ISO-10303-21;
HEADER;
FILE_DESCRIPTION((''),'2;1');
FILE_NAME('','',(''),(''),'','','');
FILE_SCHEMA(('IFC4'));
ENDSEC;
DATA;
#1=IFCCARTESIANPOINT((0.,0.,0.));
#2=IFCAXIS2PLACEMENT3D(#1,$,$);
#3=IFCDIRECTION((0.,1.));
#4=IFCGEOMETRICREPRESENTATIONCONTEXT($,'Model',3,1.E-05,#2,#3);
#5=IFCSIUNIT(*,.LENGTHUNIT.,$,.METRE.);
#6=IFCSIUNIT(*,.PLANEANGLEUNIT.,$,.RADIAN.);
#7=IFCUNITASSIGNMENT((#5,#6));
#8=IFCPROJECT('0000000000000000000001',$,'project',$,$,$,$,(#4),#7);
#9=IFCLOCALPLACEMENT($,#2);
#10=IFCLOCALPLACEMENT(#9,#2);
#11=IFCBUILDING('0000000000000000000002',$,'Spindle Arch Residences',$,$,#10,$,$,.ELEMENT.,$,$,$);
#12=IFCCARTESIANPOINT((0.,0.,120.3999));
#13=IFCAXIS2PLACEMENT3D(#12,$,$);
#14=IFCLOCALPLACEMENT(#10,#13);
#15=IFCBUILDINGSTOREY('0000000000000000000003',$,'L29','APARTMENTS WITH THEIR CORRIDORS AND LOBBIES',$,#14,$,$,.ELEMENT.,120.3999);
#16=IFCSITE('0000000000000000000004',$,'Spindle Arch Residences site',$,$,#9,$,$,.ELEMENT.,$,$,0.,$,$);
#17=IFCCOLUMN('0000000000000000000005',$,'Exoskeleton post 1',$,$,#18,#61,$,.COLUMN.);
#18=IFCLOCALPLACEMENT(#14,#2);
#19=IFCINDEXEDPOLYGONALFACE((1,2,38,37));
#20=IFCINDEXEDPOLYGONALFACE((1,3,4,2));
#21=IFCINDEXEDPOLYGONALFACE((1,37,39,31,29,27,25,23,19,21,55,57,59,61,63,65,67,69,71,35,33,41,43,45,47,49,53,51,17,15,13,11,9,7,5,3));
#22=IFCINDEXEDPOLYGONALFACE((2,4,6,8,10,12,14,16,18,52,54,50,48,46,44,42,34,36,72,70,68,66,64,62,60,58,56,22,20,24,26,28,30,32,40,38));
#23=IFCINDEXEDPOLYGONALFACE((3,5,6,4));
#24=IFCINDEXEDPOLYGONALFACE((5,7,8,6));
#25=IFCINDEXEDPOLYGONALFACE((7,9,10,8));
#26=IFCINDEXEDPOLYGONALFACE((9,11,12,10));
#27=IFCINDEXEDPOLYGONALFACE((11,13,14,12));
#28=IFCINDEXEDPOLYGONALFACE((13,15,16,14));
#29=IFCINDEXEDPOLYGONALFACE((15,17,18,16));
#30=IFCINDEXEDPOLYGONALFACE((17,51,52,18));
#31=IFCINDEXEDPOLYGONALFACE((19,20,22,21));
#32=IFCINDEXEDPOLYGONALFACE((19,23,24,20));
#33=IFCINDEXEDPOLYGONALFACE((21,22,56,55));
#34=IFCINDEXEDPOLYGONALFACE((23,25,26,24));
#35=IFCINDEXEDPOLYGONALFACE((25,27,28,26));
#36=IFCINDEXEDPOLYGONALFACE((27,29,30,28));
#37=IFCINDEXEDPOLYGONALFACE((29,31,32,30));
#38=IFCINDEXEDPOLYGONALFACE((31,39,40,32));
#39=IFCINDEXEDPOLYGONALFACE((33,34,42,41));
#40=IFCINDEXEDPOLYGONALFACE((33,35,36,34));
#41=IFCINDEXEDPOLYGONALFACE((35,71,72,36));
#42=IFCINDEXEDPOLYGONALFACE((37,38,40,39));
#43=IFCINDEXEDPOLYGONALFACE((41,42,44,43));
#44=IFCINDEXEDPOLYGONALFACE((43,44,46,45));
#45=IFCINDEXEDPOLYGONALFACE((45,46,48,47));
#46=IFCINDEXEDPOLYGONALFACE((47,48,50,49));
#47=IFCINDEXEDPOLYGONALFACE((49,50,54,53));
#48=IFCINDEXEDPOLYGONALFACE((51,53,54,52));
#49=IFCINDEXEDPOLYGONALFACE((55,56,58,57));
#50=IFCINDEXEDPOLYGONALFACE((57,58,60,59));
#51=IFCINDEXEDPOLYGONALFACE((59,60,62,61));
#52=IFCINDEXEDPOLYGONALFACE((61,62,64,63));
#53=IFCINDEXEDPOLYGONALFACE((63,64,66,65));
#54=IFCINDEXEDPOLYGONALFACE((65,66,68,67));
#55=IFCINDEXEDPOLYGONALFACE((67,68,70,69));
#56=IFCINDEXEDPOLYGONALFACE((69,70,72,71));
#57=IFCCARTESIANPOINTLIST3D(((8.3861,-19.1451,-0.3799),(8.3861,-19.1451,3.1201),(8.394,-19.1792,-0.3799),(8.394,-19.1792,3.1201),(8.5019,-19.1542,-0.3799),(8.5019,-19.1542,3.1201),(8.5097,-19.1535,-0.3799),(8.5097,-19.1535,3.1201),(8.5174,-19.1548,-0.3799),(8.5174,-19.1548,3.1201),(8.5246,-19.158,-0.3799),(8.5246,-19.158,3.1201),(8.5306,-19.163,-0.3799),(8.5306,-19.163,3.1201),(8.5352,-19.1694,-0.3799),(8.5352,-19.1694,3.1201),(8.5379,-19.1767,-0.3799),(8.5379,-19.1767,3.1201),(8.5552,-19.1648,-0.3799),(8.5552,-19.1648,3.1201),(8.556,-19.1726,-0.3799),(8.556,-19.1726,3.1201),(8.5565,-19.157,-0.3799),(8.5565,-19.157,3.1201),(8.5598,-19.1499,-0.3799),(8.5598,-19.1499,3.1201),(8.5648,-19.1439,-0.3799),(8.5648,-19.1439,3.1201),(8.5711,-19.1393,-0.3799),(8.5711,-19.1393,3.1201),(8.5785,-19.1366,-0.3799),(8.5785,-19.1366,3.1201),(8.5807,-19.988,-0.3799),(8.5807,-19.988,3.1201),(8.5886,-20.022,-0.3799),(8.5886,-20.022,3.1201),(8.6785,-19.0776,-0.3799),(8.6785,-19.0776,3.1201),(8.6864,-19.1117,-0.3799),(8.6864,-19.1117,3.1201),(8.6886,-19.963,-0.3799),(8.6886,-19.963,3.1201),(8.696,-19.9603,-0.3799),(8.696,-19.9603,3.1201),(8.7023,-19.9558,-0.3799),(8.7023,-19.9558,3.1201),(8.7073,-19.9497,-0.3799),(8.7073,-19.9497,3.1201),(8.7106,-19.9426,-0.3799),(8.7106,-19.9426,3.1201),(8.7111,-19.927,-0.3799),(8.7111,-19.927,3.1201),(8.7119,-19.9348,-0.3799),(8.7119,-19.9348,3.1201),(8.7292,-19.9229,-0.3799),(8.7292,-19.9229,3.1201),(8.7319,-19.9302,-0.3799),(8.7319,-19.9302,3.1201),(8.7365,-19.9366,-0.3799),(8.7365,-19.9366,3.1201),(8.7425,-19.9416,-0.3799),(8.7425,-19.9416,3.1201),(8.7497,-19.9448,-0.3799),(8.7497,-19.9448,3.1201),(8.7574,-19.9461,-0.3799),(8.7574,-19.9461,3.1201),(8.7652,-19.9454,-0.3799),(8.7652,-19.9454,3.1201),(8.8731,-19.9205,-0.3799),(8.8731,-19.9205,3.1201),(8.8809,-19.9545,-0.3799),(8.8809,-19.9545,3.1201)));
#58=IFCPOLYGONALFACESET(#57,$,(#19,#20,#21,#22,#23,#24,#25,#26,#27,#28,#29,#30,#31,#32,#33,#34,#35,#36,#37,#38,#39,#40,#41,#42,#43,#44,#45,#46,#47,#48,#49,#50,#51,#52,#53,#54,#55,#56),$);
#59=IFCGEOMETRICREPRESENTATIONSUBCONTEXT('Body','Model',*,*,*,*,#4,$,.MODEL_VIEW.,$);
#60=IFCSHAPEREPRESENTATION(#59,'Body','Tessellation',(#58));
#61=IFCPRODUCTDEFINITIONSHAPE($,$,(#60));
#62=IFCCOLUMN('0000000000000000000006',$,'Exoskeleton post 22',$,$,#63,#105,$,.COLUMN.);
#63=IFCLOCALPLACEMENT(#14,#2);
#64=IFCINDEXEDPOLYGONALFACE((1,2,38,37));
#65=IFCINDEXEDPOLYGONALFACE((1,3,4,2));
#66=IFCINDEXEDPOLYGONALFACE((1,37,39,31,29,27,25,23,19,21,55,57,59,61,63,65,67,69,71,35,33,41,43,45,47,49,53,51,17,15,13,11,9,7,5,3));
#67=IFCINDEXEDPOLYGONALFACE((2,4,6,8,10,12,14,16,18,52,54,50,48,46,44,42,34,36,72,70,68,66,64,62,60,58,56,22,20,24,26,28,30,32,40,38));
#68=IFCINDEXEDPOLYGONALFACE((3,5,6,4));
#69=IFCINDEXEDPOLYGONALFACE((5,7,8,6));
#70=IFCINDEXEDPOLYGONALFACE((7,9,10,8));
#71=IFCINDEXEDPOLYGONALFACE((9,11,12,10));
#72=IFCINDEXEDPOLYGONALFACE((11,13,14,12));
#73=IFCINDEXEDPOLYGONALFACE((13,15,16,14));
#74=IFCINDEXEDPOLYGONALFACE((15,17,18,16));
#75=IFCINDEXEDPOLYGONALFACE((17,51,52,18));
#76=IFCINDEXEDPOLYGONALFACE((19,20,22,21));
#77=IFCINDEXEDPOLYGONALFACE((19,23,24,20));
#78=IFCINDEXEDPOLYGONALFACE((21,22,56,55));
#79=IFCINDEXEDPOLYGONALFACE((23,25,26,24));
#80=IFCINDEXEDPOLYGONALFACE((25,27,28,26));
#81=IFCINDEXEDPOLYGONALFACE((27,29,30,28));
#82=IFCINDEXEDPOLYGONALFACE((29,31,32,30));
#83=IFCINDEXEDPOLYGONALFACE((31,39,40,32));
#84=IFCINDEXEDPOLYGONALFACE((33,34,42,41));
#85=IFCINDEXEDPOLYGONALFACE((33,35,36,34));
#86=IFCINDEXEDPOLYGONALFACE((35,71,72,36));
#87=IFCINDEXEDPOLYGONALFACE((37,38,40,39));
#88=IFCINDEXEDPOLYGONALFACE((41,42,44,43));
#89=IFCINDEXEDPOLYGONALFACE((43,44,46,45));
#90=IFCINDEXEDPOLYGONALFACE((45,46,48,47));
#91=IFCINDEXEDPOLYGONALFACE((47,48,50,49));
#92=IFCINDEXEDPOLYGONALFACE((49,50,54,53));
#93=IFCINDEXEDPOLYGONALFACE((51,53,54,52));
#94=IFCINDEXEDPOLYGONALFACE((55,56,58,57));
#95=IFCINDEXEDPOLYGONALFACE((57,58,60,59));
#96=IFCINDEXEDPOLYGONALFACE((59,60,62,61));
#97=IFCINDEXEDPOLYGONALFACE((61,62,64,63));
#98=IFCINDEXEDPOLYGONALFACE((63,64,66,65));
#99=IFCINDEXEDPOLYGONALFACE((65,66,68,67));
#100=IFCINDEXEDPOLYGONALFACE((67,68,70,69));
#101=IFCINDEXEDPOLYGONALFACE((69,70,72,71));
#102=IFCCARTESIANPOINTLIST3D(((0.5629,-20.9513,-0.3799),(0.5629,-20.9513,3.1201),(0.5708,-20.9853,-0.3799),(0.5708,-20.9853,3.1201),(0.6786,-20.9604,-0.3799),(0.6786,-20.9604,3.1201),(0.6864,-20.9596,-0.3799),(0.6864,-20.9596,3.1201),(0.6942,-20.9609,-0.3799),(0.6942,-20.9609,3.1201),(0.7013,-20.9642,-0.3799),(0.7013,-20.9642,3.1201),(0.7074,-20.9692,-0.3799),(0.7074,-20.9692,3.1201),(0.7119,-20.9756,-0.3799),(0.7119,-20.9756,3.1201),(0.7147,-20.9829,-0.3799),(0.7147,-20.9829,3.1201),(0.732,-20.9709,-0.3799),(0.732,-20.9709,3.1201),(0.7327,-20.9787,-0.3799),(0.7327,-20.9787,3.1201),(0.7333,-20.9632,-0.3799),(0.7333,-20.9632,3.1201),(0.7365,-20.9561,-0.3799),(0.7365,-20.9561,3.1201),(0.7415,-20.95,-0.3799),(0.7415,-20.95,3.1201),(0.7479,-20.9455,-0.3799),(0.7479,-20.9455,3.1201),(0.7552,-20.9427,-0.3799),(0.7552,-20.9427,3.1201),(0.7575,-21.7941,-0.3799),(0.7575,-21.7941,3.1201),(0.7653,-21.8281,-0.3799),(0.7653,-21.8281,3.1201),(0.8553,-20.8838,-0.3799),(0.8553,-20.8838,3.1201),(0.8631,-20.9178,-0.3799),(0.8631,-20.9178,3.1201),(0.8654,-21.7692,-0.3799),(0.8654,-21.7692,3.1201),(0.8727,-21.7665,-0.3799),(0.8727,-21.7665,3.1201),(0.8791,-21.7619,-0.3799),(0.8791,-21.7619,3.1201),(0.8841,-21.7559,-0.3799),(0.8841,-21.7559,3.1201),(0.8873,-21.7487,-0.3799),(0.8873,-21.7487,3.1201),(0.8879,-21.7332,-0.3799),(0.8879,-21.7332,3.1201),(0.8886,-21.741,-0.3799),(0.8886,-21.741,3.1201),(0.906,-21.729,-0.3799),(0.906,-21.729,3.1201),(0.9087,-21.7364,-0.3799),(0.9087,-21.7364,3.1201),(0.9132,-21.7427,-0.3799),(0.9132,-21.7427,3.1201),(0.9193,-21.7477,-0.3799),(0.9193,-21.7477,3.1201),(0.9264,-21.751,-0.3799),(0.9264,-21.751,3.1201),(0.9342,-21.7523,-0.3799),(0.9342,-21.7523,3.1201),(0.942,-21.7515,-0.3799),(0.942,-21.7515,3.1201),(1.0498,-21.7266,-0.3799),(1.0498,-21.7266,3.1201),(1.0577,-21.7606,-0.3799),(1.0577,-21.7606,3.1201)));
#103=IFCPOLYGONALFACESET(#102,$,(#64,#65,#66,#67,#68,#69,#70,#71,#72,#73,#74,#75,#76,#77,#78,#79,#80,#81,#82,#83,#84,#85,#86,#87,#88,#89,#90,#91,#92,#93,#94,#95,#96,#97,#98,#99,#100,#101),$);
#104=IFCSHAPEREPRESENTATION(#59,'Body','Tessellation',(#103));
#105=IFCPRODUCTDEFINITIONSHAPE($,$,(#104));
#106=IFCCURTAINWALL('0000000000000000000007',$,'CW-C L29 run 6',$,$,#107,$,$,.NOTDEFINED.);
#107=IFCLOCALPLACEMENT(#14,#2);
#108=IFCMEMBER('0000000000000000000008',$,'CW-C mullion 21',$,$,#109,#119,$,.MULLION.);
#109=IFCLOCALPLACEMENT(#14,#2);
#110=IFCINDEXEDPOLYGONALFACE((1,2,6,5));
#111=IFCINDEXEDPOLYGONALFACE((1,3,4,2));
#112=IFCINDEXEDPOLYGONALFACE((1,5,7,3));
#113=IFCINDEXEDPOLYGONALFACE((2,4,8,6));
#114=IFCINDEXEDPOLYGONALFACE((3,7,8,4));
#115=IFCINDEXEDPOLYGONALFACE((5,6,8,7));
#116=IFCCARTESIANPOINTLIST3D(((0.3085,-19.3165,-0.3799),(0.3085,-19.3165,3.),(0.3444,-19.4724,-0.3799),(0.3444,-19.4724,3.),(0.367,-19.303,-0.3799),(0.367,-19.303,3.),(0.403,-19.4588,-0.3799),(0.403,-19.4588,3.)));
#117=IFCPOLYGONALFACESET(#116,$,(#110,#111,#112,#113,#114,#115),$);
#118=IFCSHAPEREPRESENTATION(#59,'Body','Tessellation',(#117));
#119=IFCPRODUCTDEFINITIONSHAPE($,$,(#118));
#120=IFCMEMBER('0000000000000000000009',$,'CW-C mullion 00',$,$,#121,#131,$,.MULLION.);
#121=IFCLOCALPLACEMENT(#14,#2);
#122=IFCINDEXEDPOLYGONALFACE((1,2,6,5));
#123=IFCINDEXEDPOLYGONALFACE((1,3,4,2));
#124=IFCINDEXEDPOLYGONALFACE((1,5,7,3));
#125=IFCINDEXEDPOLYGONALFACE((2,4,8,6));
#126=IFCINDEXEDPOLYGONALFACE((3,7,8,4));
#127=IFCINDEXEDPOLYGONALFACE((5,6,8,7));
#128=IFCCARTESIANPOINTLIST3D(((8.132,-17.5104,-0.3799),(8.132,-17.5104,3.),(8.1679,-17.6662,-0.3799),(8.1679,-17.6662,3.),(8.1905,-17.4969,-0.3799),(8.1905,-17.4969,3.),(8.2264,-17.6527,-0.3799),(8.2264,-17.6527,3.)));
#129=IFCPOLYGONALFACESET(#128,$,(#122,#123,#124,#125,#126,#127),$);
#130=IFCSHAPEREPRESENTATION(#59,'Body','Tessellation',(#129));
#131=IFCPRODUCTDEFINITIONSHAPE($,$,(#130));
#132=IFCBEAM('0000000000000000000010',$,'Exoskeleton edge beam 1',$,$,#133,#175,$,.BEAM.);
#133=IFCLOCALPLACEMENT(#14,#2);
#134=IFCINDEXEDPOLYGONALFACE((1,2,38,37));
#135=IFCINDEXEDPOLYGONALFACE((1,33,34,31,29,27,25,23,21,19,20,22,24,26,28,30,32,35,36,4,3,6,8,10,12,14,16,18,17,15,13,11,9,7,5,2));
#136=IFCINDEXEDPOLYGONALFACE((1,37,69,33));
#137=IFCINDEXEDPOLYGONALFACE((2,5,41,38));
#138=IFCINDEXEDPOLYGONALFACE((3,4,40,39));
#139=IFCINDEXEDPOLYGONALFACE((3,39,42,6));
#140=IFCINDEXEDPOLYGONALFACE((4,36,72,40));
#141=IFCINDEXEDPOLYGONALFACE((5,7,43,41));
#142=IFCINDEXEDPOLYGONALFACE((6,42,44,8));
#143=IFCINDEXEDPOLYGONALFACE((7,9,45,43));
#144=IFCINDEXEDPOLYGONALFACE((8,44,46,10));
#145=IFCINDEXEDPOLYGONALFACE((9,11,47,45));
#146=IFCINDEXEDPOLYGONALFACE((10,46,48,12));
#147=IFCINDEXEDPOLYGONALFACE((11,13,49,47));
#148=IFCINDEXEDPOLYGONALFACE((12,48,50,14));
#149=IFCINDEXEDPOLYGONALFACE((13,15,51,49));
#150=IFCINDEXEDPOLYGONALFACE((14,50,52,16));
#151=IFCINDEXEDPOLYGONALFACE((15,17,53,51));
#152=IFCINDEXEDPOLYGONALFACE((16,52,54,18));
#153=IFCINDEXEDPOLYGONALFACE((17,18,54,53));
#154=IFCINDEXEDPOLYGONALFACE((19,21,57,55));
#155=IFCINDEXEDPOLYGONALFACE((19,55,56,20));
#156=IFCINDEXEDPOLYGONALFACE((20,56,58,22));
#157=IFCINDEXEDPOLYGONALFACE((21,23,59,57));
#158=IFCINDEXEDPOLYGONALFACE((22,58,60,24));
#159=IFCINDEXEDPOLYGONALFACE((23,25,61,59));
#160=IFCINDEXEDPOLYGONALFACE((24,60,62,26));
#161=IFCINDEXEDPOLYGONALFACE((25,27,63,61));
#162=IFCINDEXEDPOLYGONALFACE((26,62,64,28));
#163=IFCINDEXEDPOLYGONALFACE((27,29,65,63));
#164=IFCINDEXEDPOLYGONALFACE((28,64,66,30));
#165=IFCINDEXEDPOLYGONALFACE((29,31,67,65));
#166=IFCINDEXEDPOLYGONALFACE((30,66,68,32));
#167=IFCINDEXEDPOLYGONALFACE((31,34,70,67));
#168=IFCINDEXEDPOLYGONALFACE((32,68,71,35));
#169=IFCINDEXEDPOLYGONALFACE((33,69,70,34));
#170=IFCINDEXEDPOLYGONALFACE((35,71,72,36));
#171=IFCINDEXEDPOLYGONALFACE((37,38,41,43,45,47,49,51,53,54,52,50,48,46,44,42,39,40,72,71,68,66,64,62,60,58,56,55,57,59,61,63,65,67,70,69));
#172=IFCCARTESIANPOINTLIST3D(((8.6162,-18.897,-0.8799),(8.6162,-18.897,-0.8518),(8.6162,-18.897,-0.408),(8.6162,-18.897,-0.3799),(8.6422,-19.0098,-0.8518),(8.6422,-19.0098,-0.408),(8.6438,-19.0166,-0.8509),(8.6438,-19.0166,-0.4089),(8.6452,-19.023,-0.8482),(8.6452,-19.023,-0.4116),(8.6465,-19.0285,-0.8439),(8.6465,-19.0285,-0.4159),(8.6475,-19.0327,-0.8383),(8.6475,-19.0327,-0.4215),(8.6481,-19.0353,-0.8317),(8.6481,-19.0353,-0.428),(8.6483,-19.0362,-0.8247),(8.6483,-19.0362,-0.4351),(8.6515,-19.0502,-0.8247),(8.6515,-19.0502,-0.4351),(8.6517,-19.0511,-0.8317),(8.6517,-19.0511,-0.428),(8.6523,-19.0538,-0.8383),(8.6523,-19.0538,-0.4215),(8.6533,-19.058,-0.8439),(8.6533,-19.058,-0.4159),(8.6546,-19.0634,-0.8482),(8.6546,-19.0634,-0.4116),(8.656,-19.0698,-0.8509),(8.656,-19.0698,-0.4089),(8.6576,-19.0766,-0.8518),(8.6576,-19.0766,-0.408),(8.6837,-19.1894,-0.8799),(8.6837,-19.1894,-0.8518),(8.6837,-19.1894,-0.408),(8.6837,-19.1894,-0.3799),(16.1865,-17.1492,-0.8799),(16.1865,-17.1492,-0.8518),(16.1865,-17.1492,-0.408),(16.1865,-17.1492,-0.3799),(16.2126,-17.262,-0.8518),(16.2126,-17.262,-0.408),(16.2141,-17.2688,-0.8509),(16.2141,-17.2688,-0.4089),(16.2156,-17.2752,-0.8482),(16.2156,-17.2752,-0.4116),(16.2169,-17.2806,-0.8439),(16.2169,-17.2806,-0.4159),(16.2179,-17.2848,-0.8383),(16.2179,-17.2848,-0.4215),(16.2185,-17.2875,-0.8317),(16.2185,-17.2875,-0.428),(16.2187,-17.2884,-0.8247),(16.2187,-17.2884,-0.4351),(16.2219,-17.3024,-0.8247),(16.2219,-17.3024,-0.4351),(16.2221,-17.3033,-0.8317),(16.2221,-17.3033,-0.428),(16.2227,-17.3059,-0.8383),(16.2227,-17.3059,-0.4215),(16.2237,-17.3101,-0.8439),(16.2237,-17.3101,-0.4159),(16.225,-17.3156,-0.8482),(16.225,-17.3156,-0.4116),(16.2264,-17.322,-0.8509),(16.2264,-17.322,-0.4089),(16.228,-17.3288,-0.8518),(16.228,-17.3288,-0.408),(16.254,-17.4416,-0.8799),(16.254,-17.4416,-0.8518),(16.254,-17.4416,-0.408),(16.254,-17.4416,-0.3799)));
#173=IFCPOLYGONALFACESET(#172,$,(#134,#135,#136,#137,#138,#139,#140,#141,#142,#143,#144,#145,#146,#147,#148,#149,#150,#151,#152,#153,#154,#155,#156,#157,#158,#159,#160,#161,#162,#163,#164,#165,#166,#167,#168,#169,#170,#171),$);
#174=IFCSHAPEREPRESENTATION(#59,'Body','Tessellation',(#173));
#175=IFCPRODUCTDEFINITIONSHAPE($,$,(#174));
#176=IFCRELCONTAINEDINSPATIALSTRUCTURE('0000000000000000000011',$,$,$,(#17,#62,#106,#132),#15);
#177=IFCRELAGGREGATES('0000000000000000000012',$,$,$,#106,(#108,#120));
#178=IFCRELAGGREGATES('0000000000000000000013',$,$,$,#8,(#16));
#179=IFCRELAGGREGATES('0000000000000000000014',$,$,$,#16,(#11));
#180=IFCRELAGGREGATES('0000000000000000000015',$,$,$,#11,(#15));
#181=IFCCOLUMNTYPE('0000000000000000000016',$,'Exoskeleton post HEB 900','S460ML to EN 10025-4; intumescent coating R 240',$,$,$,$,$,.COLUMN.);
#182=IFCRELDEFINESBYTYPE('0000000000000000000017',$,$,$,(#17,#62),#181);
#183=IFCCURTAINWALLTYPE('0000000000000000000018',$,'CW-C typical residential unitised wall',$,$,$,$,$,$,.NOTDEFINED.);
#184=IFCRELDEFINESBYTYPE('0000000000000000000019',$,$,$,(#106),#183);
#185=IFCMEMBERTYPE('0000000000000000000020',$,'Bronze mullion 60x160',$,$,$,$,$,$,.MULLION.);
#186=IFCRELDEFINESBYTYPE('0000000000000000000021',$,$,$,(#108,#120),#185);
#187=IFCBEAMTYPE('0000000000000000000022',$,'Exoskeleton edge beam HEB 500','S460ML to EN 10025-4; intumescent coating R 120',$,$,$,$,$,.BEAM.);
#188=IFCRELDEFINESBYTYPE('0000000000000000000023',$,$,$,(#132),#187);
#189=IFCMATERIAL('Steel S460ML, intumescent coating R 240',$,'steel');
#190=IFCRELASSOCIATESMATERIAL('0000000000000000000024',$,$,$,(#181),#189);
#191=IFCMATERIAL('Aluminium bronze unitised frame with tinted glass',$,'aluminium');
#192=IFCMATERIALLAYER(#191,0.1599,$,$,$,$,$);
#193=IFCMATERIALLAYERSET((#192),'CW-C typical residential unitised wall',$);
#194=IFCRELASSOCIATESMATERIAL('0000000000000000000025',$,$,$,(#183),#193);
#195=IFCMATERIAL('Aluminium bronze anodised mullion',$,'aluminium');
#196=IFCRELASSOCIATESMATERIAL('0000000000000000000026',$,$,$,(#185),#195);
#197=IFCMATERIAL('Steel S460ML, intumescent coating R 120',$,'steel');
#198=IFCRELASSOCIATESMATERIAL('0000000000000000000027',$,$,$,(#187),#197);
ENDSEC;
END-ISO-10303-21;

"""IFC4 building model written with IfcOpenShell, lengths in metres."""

from ifc_helpers import new_model, si_unit, direction, frame, origin, origin_2d, place, context, subcontext, project, spatial, rectangle, i_section, extrude, material, layer, layer_set, material_profile, profile_set, type_object, element, aggregate, save


model = new_model("IFC4")

# Units and contexts
model_context = context("Model", 3, precision=1e-05, world=origin(), true_north=direction((0.0, 1.0)))
body_context = subcontext(model_context, "Body", "Model", "MODEL_VIEW")
ifc_project = project(units=[si_unit("LENGTHUNIT", "METRE"), si_unit("PLANEANGLEUNIT", "RADIAN")], contexts=[model_context])

# Site, building, storey
site_placement = place(None, origin())
site = spatial("IfcSite", under=ifc_project, at=site_placement, Name="Spindle Arch Residences site", CompositionType="ELEMENT", RefElevation=0.0)
building_placement = place(site_placement, origin())
building = spatial("IfcBuilding", under=site, at=building_placement, Name="Spindle Arch Residences", CompositionType="ELEMENT")
storey_placement = place(building_placement, frame((0.0, 0.0, 120.3999)))
storey = spatial("IfcBuildingStorey", under=building, at=storey_placement, Name="L29", Description="APARTMENTS WITH THEIR CORRIDORS AND LOBBIES", CompositionType="ELEMENT", Elevation=120.3999)

# Columns
ifc_material_1 = material(Name="Steel S460ML, intumescent coating R 240", Category="steel")
ifc_material_profile_1 = material_profile(ifc_material_1, i_section(OverallWidth=0.3, OverallDepth=0.8999, WebThickness=0.0186, FlangeThickness=0.0349, FilletRadius=0.03, at=origin_2d()), Name="HEB 900")
ifc_profile_set_1 = profile_set([ifc_material_profile_1], Name="Steel S460ML, intumescent coating R 240")
column_type = type_object("IfcColumnType", Name="Exoskeleton post HEB 900", Description="S460ML to EN 10025-4; intumescent coating R 240", PredefinedType="COLUMN", material=ifc_profile_set_1)
for number, where, z_axis, x_axis, name in (
    (1, (8.6335, -19.5498, -0.3799), (0.0, 0.0, 1.0), (-0.97437, -0.224951, 0.0), "Exoskeleton post 1"),
    (2, (0.8103, -21.356, -0.3799), (0.0, 0.0, 1.0), (-0.97437, -0.224951, 0.0), "Exoskeleton post 22"),
):
    element("IfcColumn", number, at=place(storey_placement, frame(where, z_axis=z_axis, x_axis=x_axis)), inside=storey, type_object=column_type, Name=name, PredefinedType="COLUMN", context=body_context, shape_type="SweptSolid", body=[
        extrude(i_section(OverallWidth=0.3, OverallDepth=0.8999, WebThickness=0.0186, FlangeThickness=0.0349, FilletRadius=0.03, at=origin_2d()), origin(), (0.0, 0.0, 1.0), 3.5),
    ])

# Curtain wall, members
ifc_material_2 = material(Name="Aluminium bronze unitised frame with tinted glass", Category="aluminium")
ifc_layer_1 = layer(ifc_material_2, 0.1599)
ifc_layer_set_1 = layer_set([ifc_layer_1], Name="CW-C typical residential unitised wall")
curtain_wall_type = type_object("IfcCurtainWallType", Name="CW-C typical residential unitised wall", PredefinedType="NOTDEFINED", material=ifc_layer_set_1)
curtain_wall_placement = place(storey_placement, origin())
curtain_wall = element("IfcCurtainWall", 3, at=curtain_wall_placement, inside=storey, type_object=curtain_wall_type, Name="CW-C L29 run 6", PredefinedType="NOTDEFINED")
ifc_material_3 = material(Name="Aluminium bronze anodised mullion", Category="aluminium")
ifc_material_profile_2 = material_profile(ifc_material_3, rectangle(XDim=0.1599, YDim=0.0601, at=origin_2d()), Name="MU 60x160")
ifc_profile_set_2 = profile_set([ifc_material_profile_2], Name="Aluminium bronze anodised mullion")
member_type = type_object("IfcMemberType", Name="Bronze mullion 60x160", PredefinedType="MULLION", material=ifc_profile_set_2)
member_1_placement = place(storey_placement, frame((0.3557, -19.3877, -0.3799), z_axis=(0.0, 0.0, 1.0), x_axis=(-0.224951, 0.97437, 0.0)))
member_1 = element("IfcMember", 4, at=member_1_placement, type_object=member_type, Name="CW-C mullion 21", PredefinedType="MULLION", context=body_context, shape_type="SweptSolid", body=[
    extrude(rectangle(XDim=0.1599, YDim=0.0601, at=origin_2d()), origin(), (0.0, 0.0, 1.0), 3.3799),
])
member_2_placement = place(storey_placement, frame((8.1792, -17.5815, -0.3799), z_axis=(0.0, 0.0, 1.0), x_axis=(-0.224951, 0.97437, 0.0)))
member_2 = element("IfcMember", 5, at=member_2_placement, type_object=member_type, Name="CW-C mullion 00", PredefinedType="MULLION", context=body_context, shape_type="SweptSolid", body=[
    extrude(rectangle(XDim=0.1599, YDim=0.0601, at=origin_2d()), origin(), (0.0, 0.0, 1.0), 3.3799),
])

# Beam
ifc_material_4 = material(Name="Steel S460ML, intumescent coating R 120", Category="steel")
ifc_material_profile_3 = material_profile(ifc_material_4, i_section(OverallWidth=0.3, OverallDepth=0.5, WebThickness=0.0144, FlangeThickness=0.0281, FilletRadius=0.0271, at=origin_2d()), Name="HEB 500")
ifc_profile_set_3 = profile_set([ifc_material_profile_3], Name="Steel S460ML, intumescent coating R 120")
beam_type_1 = type_object("IfcBeamType", Name="Exoskeleton edge beam HEB 500", Description="S460ML to EN 10025-4; intumescent coating R 120", PredefinedType="BEAM", material=ifc_profile_set_3)
beam_1_placement = place(storey_placement, frame((8.6499, -19.0432, -0.6299), z_axis=(0.974368, 0.224958, 0.0), x_axis=(-0.224958, 0.974368, 0.0)))
element("IfcBeam", 6, at=beam_1_placement, inside=storey, type_object=beam_type_1, Name="Exoskeleton edge beam 1", PredefinedType="BEAM", context=body_context, shape_type="SweptSolid", body=[
    extrude(i_section(OverallWidth=0.3, OverallDepth=0.5, WebThickness=0.0144, FlangeThickness=0.0281, FilletRadius=0.0271, at=origin_2d()), origin(), (0.0, 0.0, 1.0), 7.7695),
])

aggregate(curtain_wall, [member_1, member_2])

save(model, "model.ifc")
